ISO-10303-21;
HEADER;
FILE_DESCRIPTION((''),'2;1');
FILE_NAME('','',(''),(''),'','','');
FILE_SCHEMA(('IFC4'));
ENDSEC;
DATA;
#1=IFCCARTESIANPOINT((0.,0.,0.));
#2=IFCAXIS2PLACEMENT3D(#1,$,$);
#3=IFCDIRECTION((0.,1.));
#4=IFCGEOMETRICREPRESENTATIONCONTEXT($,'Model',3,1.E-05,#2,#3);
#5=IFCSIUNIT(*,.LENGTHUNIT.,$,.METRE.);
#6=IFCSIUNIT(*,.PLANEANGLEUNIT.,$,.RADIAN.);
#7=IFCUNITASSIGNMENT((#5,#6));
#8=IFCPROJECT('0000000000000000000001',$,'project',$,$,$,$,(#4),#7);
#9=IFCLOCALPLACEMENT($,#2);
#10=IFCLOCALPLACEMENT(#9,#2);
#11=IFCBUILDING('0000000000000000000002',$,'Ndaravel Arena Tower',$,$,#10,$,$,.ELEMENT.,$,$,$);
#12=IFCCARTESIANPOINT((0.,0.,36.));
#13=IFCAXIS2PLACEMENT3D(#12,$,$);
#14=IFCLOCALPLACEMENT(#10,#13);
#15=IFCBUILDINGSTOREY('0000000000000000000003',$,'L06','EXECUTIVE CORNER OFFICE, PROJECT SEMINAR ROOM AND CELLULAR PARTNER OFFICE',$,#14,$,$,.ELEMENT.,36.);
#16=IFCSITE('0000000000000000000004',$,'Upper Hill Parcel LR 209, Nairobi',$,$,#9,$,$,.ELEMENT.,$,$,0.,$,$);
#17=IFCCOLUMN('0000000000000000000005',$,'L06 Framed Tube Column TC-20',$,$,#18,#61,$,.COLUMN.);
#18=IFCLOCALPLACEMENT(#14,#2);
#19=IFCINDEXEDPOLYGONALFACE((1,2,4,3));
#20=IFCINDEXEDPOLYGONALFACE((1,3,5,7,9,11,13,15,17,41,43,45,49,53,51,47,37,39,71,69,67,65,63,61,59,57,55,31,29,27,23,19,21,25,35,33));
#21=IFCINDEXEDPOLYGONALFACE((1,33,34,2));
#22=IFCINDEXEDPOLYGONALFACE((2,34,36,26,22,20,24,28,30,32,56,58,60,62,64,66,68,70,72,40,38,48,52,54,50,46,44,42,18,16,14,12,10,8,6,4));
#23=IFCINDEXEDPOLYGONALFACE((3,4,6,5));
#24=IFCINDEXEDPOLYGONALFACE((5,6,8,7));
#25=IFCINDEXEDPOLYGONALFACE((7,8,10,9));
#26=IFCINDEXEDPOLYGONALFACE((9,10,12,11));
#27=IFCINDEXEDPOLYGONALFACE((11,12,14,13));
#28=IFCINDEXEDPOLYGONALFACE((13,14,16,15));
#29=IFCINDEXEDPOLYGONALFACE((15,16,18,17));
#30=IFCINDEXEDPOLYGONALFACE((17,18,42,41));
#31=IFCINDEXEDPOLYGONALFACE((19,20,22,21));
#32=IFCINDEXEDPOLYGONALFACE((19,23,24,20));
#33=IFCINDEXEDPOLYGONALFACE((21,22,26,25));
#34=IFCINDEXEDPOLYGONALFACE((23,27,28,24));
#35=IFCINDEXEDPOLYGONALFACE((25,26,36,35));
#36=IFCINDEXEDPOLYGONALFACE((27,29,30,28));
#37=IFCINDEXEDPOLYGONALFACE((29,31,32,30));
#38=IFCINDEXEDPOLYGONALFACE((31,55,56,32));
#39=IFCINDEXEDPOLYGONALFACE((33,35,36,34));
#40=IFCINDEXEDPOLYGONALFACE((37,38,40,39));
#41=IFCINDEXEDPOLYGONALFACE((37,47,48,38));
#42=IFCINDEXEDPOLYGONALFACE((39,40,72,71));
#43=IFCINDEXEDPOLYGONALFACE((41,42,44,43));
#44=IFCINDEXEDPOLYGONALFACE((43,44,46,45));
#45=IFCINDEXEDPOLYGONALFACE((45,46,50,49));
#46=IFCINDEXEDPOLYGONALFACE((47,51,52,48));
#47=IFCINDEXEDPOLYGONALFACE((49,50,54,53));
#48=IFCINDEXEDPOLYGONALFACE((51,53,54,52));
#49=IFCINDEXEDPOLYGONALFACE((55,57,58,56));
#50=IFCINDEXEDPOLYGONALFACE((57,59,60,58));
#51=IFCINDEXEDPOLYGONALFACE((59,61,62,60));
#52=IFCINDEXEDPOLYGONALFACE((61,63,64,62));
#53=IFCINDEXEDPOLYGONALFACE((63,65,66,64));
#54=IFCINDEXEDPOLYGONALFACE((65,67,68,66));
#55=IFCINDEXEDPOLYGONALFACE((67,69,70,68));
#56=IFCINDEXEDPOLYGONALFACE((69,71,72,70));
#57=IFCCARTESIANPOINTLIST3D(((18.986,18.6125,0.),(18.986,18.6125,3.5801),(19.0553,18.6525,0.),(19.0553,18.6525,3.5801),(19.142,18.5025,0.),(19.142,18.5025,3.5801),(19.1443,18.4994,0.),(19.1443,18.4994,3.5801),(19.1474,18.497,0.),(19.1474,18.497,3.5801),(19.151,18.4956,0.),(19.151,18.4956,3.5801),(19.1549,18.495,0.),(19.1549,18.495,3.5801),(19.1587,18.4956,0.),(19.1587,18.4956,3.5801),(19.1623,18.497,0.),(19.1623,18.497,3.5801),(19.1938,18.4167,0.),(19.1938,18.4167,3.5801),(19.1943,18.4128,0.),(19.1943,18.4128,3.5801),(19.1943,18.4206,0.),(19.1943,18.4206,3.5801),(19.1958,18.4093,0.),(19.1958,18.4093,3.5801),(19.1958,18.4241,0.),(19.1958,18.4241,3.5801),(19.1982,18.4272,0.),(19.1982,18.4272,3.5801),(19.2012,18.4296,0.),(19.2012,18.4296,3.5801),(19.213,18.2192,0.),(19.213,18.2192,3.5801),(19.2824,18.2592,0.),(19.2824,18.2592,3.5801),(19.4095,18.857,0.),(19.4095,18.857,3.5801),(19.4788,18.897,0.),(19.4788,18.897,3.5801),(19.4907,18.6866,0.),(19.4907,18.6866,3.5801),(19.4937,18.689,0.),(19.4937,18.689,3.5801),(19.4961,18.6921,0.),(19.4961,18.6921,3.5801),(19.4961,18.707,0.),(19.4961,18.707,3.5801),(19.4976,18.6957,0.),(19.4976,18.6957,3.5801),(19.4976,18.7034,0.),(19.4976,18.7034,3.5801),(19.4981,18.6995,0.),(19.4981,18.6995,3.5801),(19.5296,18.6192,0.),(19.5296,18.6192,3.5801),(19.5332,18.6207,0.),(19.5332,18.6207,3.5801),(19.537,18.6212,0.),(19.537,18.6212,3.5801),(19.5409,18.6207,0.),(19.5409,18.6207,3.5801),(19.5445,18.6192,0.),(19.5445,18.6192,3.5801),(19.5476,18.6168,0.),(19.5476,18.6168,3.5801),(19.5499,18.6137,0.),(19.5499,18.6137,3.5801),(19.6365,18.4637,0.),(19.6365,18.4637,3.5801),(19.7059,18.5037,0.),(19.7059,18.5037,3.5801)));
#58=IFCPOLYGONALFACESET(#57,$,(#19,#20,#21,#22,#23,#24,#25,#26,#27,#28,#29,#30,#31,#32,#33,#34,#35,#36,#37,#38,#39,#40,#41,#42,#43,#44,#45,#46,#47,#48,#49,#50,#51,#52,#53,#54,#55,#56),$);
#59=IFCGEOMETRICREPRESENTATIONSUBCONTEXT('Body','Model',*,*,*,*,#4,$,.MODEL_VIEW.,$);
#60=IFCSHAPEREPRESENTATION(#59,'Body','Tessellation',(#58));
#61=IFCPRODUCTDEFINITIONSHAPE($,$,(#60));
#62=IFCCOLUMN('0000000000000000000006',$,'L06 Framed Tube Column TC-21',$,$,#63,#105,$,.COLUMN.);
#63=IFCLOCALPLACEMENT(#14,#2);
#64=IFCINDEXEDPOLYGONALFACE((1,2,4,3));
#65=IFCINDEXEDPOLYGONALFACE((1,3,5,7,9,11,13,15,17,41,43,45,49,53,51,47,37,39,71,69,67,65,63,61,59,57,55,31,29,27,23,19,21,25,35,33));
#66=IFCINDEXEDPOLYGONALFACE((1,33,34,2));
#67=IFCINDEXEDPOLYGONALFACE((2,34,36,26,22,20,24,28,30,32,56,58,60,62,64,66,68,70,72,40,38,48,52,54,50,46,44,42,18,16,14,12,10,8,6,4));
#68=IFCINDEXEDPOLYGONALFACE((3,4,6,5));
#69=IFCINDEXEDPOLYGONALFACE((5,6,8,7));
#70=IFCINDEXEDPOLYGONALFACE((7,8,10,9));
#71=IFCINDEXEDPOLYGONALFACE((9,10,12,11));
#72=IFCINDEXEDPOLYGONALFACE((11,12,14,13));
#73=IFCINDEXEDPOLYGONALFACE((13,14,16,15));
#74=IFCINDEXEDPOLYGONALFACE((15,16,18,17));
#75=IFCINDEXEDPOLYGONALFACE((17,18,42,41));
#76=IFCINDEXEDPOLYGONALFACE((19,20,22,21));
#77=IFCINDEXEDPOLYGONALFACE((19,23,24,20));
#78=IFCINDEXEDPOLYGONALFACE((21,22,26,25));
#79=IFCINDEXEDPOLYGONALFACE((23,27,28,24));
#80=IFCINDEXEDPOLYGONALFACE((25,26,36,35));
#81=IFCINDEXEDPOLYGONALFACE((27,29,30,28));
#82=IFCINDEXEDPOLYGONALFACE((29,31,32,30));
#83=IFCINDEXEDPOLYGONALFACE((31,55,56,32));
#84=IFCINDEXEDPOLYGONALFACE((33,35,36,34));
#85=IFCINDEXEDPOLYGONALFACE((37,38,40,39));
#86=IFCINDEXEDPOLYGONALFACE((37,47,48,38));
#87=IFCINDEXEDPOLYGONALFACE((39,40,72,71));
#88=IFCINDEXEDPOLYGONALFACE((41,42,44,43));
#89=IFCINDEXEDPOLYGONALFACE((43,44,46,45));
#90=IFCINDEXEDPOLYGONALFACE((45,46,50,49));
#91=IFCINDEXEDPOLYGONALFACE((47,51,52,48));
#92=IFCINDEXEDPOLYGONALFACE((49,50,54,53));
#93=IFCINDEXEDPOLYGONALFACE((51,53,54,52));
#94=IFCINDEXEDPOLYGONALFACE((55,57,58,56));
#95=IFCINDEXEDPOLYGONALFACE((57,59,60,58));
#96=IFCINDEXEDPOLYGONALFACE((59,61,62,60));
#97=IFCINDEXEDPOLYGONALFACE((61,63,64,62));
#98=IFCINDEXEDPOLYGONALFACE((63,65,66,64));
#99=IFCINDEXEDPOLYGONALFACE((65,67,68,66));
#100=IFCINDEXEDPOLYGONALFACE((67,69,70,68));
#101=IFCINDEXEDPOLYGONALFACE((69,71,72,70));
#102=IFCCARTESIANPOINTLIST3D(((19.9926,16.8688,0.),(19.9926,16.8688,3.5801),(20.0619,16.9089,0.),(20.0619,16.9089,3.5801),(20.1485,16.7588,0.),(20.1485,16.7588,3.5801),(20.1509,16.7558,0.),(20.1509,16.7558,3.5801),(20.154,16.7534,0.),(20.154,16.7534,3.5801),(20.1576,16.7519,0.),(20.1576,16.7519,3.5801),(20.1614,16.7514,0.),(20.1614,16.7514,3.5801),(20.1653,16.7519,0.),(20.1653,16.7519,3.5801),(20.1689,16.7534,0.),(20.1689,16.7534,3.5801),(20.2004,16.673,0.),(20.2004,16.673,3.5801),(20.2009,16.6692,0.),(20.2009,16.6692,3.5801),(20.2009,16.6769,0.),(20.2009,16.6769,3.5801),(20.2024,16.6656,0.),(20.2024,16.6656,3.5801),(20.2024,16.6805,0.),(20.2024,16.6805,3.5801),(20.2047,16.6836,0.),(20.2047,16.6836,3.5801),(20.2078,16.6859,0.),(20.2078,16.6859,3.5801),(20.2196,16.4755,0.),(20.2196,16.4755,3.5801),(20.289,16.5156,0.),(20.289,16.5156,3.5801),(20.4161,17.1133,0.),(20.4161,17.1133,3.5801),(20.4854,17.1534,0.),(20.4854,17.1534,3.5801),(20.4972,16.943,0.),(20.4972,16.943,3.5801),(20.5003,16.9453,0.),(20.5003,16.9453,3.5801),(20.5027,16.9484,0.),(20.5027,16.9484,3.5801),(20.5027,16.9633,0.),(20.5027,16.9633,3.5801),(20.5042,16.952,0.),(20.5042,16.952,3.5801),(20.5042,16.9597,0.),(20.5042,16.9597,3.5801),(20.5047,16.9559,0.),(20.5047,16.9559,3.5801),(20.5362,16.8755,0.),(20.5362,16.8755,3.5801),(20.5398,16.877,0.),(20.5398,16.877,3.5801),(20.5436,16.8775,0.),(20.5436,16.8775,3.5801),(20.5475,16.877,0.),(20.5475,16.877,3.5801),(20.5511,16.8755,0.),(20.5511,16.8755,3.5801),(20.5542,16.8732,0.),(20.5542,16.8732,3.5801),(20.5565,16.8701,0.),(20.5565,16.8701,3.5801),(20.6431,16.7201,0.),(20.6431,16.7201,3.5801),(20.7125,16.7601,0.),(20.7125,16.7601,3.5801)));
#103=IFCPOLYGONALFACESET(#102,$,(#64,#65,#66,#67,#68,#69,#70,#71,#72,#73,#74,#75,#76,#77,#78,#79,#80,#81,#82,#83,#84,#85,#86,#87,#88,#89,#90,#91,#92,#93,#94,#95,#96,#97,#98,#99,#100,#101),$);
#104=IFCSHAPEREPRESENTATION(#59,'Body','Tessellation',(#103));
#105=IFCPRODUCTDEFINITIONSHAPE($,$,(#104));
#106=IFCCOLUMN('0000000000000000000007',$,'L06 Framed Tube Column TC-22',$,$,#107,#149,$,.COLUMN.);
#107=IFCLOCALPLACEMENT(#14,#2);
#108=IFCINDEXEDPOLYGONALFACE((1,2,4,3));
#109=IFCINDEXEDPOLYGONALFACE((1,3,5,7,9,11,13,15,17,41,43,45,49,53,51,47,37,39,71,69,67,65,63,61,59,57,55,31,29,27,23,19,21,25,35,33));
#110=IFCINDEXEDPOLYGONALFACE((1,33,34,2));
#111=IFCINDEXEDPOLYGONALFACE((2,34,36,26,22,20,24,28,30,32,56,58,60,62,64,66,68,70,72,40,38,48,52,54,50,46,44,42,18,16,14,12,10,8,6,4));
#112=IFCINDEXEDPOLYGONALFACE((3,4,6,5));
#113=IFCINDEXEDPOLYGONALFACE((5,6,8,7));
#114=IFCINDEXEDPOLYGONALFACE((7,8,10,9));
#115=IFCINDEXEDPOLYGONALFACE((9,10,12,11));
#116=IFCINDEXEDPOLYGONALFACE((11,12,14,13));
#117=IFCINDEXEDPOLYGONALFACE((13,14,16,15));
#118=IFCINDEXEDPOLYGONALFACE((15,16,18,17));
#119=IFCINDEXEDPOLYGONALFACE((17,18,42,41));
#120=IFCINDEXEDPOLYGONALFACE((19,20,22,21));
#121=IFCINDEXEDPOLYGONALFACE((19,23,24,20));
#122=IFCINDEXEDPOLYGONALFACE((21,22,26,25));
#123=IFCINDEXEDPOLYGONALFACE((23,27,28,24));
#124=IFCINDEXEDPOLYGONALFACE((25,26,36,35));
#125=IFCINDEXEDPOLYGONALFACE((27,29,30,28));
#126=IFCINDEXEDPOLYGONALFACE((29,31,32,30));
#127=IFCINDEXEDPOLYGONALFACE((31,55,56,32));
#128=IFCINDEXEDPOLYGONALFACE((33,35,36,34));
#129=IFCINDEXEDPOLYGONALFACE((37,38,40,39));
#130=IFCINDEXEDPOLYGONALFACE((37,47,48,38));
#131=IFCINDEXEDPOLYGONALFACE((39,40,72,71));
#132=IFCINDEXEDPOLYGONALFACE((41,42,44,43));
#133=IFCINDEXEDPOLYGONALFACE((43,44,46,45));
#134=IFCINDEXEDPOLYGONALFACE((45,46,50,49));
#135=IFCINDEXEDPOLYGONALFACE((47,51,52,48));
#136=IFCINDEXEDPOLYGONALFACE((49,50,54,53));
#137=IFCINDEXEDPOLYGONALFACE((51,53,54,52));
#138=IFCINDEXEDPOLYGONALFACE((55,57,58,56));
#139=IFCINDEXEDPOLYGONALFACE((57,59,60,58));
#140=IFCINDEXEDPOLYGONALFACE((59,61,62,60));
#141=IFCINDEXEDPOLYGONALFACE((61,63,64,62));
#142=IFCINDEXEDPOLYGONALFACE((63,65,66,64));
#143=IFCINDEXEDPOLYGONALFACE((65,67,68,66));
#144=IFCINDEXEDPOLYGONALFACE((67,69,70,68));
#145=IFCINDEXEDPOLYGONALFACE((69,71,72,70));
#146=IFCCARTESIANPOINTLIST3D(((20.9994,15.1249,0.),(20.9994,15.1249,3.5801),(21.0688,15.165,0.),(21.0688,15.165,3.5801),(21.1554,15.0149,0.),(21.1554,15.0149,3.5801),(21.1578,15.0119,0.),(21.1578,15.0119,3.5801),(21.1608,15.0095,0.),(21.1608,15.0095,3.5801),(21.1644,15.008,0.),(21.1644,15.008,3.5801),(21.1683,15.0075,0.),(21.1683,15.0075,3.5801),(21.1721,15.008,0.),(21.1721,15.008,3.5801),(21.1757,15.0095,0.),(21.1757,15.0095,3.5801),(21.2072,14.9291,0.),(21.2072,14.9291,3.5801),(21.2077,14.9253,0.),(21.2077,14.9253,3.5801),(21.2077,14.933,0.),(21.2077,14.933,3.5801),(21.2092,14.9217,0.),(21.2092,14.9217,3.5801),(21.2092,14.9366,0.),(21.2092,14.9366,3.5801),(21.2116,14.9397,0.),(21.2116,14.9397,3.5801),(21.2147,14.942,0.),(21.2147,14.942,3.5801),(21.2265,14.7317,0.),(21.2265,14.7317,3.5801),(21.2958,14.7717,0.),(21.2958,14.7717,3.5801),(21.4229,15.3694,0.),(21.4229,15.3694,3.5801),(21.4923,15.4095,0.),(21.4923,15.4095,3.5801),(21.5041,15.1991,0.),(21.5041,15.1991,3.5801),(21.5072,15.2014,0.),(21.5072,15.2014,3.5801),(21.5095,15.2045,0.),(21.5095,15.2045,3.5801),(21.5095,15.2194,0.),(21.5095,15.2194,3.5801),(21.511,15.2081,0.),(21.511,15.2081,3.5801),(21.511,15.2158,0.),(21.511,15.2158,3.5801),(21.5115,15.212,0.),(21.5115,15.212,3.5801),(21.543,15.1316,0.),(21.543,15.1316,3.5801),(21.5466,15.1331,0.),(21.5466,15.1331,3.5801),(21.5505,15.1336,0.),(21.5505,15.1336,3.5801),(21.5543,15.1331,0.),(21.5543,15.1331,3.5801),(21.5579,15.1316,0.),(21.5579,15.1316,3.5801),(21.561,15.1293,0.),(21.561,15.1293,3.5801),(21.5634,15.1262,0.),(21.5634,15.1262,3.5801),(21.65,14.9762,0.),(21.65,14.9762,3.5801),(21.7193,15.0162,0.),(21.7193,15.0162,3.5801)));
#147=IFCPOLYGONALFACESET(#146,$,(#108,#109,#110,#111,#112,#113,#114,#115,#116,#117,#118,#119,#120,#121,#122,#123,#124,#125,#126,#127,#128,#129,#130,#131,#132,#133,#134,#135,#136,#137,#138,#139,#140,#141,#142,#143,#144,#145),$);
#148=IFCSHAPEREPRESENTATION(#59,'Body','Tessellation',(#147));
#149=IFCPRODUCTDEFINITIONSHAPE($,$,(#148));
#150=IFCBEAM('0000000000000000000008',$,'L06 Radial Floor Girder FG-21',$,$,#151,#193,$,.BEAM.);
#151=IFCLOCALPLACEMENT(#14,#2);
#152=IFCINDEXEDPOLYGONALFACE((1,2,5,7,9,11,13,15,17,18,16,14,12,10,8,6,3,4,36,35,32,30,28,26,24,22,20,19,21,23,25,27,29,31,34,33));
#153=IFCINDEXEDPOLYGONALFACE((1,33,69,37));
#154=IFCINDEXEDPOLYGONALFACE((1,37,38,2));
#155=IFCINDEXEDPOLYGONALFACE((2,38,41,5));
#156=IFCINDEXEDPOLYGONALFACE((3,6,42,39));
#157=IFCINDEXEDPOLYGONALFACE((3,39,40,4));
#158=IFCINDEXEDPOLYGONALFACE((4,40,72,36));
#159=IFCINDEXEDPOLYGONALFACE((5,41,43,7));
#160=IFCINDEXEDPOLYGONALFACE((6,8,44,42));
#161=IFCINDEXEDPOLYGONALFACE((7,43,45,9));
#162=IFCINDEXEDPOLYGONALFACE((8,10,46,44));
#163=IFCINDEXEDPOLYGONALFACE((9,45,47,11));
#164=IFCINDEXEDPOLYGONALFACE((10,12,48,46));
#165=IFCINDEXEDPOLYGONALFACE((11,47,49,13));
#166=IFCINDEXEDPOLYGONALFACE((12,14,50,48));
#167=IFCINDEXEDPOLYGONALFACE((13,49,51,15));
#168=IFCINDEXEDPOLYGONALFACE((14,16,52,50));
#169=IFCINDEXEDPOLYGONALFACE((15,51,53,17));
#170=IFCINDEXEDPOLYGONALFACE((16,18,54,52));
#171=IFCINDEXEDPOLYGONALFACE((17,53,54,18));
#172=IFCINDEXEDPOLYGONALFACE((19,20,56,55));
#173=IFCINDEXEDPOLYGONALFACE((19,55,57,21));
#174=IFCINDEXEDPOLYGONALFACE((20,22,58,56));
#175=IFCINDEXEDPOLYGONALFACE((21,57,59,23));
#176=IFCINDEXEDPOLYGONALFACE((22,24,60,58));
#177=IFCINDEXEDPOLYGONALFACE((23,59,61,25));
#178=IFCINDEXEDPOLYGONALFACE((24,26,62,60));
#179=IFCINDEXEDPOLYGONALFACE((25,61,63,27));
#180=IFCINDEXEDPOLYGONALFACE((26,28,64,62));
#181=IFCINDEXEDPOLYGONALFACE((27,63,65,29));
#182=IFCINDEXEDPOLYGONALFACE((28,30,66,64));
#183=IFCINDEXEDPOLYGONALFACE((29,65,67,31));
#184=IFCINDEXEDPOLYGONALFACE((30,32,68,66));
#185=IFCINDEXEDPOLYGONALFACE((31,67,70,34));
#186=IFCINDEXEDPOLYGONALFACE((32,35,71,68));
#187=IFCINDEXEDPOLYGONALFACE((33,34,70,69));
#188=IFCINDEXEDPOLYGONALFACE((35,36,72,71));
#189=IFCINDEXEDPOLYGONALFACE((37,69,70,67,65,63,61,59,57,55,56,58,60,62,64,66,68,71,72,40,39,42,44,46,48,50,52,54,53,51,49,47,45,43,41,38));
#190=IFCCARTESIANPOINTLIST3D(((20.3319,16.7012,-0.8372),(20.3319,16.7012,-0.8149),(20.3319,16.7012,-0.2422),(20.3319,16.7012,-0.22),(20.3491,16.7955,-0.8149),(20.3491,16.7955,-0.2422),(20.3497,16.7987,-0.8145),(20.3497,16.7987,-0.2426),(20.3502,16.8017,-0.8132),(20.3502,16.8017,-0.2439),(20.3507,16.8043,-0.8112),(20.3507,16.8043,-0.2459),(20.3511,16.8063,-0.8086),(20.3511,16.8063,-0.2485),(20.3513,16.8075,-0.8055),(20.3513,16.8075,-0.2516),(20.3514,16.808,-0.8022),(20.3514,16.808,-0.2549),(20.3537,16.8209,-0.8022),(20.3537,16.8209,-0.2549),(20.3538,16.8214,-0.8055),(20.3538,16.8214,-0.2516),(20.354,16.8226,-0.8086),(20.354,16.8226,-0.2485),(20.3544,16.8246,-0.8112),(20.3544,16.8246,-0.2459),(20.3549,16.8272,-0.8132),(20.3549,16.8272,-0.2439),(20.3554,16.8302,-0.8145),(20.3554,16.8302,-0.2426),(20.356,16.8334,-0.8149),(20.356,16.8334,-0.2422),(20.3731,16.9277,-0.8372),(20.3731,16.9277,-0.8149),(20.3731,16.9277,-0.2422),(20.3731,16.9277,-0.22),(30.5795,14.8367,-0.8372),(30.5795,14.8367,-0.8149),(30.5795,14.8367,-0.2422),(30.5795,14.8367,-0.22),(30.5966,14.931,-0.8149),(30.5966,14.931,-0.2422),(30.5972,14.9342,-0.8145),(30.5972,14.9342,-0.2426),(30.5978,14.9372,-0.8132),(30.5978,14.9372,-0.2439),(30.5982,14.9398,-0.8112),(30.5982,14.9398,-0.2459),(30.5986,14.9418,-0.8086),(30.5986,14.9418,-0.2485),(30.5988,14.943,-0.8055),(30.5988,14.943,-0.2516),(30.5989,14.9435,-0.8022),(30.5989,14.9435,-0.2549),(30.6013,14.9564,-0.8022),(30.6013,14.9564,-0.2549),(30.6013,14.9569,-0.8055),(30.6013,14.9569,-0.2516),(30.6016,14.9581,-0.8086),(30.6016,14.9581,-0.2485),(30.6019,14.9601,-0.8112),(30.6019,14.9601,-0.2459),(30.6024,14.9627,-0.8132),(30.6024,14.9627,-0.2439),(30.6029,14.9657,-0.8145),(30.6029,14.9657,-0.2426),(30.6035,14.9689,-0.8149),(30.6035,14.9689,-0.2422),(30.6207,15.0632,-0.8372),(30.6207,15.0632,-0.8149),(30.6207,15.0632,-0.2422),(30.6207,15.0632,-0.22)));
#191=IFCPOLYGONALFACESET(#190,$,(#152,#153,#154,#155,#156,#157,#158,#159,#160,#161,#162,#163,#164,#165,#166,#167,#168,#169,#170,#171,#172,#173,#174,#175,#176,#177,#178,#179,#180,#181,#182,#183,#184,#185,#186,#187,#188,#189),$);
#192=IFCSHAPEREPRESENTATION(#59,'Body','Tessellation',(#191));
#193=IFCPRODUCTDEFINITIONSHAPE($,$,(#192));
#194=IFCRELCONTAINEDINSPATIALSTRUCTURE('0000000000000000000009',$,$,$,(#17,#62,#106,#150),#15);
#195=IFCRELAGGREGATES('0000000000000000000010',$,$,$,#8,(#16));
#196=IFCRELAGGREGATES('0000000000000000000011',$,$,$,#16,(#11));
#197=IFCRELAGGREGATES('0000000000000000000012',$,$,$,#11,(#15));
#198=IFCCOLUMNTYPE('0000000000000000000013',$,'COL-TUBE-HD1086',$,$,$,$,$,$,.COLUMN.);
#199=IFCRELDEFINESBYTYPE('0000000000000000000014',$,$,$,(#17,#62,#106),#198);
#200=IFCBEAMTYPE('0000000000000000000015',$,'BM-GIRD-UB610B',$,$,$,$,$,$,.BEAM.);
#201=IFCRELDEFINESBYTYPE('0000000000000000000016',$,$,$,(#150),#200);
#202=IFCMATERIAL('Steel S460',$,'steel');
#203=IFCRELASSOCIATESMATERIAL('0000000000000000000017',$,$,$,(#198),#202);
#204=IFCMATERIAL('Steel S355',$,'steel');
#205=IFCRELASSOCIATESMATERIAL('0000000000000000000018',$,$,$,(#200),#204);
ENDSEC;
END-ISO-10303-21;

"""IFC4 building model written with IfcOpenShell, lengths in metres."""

from ifc_helpers import new_model, si_unit, direction, frame, origin, origin_2d, place, context, subcontext, project, spatial, i_section, extrude, material, material_profile, profile_set, type_object, element, save


model = new_model("IFC4")

# Units and contexts
model_context = context("Model", 3, precision=1e-05, world=origin(), true_north=direction((0.0, 1.0)))
body_context = subcontext(model_context, "Body", "Model", "MODEL_VIEW")
ifc_project = project(units=[si_unit("LENGTHUNIT", "METRE"), si_unit("PLANEANGLEUNIT", "RADIAN")], contexts=[model_context])

# Site, building, storey
site_placement = place(None, origin())
site = spatial("IfcSite", under=ifc_project, at=site_placement, Name="Upper Hill Parcel LR 209, Nairobi", CompositionType="ELEMENT", RefElevation=0.0)
building_placement = place(site_placement, origin())
building = spatial("IfcBuilding", under=site, at=building_placement, Name="Ndaravel Arena Tower", CompositionType="ELEMENT")
storey_placement = place(building_placement, frame((0.0, 0.0, 36.0)))
storey = spatial("IfcBuildingStorey", under=building, at=storey_placement, Name="L06", Description="EXECUTIVE CORNER OFFICE, PROJECT SEMINAR ROOM AND CELLULAR PARTNER OFFICE", CompositionType="ELEMENT", Elevation=36.0)

# Columns
ifc_material_1 = material(Name="Steel S460", Category="steel")
ifc_material_profile_1 = material_profile(ifc_material_1, i_section(OverallWidth=0.4541, OverallDepth=0.5691, WebThickness=0.0779, FlangeThickness=0.0801, FilletRadius=0.0149, at=origin_2d()), Name="HD 400x1086")
ifc_profile_set_1 = profile_set([ifc_material_profile_1], Name="Steel S460")
column_type = type_object("IfcColumnType", Name="COL-TUBE-HD1086", PredefinedType="COLUMN", material=ifc_profile_set_1)
for number, where, z_axis, x_axis, name in (
    (1, (19.3459, 18.5581, 0.0), (0.0, 0.0, 1.0), (-0.5, 0.866025, 0.0), "L06 Framed Tube Column TC-20"),
    (2, (20.3525, 16.8145, 0.0), (0.0, 0.0, 1.0), (-0.5, 0.866025, 0.0), "L06 Framed Tube Column TC-21"),
    (3, (21.3594, 15.0706, 0.0), (0.0, 0.0, 1.0), (-0.5, 0.866025, 0.0), "L06 Framed Tube Column TC-22"),
):
    element("IfcColumn", number, at=place(storey_placement, frame(where, z_axis=z_axis, x_axis=x_axis)), inside=storey, type_object=column_type, Name=name, PredefinedType="COLUMN", context=body_context, shape_type="SweptSolid", body=[
        extrude(i_section(OverallWidth=0.4541, OverallDepth=0.5691, WebThickness=0.0779, FlangeThickness=0.0801, FilletRadius=0.0149, at=origin_2d()), origin(), (0.0, 0.0, 1.0), 3.5801),
    ])

# Beam
ifc_material_2 = material(Name="Steel S355", Category="steel")
ifc_material_profile_2 = material_profile(ifc_material_2, i_section(OverallWidth=0.2302, OverallDepth=0.6172, WebThickness=0.0132, FlangeThickness=0.0222, FilletRadius=0.0127, at=origin_2d()), Name="UB 610x229x140")
ifc_profile_set_2 = profile_set([ifc_material_profile_2], Name="Steel S355")
beam_type_1 = type_object("IfcBeamType", Name="BM-GIRD-UB610B", PredefinedType="BEAM", material=ifc_profile_set_2)
beam_1_placement = place(storey_placement, frame((20.3525, 16.8145, -0.5286), z_axis=(0.983848, -0.179007, 0.0), x_axis=(0.179007, 0.983848, 0.0)))
element("IfcBeam", 4, at=beam_1_placement, inside=storey, type_object=beam_type_1, Name="L06 Radial Floor Girder FG-21", PredefinedType="BEAM", context=body_context, shape_type="SweptSolid", body=[
    extrude(i_section(OverallWidth=0.2302, OverallDepth=0.6172, WebThickness=0.0132, FlangeThickness=0.0222, FilletRadius=0.0127, at=origin_2d()), origin(), (0.0, 0.0, 1.0), 10.4158),
])

save(model, "model.ifc")
